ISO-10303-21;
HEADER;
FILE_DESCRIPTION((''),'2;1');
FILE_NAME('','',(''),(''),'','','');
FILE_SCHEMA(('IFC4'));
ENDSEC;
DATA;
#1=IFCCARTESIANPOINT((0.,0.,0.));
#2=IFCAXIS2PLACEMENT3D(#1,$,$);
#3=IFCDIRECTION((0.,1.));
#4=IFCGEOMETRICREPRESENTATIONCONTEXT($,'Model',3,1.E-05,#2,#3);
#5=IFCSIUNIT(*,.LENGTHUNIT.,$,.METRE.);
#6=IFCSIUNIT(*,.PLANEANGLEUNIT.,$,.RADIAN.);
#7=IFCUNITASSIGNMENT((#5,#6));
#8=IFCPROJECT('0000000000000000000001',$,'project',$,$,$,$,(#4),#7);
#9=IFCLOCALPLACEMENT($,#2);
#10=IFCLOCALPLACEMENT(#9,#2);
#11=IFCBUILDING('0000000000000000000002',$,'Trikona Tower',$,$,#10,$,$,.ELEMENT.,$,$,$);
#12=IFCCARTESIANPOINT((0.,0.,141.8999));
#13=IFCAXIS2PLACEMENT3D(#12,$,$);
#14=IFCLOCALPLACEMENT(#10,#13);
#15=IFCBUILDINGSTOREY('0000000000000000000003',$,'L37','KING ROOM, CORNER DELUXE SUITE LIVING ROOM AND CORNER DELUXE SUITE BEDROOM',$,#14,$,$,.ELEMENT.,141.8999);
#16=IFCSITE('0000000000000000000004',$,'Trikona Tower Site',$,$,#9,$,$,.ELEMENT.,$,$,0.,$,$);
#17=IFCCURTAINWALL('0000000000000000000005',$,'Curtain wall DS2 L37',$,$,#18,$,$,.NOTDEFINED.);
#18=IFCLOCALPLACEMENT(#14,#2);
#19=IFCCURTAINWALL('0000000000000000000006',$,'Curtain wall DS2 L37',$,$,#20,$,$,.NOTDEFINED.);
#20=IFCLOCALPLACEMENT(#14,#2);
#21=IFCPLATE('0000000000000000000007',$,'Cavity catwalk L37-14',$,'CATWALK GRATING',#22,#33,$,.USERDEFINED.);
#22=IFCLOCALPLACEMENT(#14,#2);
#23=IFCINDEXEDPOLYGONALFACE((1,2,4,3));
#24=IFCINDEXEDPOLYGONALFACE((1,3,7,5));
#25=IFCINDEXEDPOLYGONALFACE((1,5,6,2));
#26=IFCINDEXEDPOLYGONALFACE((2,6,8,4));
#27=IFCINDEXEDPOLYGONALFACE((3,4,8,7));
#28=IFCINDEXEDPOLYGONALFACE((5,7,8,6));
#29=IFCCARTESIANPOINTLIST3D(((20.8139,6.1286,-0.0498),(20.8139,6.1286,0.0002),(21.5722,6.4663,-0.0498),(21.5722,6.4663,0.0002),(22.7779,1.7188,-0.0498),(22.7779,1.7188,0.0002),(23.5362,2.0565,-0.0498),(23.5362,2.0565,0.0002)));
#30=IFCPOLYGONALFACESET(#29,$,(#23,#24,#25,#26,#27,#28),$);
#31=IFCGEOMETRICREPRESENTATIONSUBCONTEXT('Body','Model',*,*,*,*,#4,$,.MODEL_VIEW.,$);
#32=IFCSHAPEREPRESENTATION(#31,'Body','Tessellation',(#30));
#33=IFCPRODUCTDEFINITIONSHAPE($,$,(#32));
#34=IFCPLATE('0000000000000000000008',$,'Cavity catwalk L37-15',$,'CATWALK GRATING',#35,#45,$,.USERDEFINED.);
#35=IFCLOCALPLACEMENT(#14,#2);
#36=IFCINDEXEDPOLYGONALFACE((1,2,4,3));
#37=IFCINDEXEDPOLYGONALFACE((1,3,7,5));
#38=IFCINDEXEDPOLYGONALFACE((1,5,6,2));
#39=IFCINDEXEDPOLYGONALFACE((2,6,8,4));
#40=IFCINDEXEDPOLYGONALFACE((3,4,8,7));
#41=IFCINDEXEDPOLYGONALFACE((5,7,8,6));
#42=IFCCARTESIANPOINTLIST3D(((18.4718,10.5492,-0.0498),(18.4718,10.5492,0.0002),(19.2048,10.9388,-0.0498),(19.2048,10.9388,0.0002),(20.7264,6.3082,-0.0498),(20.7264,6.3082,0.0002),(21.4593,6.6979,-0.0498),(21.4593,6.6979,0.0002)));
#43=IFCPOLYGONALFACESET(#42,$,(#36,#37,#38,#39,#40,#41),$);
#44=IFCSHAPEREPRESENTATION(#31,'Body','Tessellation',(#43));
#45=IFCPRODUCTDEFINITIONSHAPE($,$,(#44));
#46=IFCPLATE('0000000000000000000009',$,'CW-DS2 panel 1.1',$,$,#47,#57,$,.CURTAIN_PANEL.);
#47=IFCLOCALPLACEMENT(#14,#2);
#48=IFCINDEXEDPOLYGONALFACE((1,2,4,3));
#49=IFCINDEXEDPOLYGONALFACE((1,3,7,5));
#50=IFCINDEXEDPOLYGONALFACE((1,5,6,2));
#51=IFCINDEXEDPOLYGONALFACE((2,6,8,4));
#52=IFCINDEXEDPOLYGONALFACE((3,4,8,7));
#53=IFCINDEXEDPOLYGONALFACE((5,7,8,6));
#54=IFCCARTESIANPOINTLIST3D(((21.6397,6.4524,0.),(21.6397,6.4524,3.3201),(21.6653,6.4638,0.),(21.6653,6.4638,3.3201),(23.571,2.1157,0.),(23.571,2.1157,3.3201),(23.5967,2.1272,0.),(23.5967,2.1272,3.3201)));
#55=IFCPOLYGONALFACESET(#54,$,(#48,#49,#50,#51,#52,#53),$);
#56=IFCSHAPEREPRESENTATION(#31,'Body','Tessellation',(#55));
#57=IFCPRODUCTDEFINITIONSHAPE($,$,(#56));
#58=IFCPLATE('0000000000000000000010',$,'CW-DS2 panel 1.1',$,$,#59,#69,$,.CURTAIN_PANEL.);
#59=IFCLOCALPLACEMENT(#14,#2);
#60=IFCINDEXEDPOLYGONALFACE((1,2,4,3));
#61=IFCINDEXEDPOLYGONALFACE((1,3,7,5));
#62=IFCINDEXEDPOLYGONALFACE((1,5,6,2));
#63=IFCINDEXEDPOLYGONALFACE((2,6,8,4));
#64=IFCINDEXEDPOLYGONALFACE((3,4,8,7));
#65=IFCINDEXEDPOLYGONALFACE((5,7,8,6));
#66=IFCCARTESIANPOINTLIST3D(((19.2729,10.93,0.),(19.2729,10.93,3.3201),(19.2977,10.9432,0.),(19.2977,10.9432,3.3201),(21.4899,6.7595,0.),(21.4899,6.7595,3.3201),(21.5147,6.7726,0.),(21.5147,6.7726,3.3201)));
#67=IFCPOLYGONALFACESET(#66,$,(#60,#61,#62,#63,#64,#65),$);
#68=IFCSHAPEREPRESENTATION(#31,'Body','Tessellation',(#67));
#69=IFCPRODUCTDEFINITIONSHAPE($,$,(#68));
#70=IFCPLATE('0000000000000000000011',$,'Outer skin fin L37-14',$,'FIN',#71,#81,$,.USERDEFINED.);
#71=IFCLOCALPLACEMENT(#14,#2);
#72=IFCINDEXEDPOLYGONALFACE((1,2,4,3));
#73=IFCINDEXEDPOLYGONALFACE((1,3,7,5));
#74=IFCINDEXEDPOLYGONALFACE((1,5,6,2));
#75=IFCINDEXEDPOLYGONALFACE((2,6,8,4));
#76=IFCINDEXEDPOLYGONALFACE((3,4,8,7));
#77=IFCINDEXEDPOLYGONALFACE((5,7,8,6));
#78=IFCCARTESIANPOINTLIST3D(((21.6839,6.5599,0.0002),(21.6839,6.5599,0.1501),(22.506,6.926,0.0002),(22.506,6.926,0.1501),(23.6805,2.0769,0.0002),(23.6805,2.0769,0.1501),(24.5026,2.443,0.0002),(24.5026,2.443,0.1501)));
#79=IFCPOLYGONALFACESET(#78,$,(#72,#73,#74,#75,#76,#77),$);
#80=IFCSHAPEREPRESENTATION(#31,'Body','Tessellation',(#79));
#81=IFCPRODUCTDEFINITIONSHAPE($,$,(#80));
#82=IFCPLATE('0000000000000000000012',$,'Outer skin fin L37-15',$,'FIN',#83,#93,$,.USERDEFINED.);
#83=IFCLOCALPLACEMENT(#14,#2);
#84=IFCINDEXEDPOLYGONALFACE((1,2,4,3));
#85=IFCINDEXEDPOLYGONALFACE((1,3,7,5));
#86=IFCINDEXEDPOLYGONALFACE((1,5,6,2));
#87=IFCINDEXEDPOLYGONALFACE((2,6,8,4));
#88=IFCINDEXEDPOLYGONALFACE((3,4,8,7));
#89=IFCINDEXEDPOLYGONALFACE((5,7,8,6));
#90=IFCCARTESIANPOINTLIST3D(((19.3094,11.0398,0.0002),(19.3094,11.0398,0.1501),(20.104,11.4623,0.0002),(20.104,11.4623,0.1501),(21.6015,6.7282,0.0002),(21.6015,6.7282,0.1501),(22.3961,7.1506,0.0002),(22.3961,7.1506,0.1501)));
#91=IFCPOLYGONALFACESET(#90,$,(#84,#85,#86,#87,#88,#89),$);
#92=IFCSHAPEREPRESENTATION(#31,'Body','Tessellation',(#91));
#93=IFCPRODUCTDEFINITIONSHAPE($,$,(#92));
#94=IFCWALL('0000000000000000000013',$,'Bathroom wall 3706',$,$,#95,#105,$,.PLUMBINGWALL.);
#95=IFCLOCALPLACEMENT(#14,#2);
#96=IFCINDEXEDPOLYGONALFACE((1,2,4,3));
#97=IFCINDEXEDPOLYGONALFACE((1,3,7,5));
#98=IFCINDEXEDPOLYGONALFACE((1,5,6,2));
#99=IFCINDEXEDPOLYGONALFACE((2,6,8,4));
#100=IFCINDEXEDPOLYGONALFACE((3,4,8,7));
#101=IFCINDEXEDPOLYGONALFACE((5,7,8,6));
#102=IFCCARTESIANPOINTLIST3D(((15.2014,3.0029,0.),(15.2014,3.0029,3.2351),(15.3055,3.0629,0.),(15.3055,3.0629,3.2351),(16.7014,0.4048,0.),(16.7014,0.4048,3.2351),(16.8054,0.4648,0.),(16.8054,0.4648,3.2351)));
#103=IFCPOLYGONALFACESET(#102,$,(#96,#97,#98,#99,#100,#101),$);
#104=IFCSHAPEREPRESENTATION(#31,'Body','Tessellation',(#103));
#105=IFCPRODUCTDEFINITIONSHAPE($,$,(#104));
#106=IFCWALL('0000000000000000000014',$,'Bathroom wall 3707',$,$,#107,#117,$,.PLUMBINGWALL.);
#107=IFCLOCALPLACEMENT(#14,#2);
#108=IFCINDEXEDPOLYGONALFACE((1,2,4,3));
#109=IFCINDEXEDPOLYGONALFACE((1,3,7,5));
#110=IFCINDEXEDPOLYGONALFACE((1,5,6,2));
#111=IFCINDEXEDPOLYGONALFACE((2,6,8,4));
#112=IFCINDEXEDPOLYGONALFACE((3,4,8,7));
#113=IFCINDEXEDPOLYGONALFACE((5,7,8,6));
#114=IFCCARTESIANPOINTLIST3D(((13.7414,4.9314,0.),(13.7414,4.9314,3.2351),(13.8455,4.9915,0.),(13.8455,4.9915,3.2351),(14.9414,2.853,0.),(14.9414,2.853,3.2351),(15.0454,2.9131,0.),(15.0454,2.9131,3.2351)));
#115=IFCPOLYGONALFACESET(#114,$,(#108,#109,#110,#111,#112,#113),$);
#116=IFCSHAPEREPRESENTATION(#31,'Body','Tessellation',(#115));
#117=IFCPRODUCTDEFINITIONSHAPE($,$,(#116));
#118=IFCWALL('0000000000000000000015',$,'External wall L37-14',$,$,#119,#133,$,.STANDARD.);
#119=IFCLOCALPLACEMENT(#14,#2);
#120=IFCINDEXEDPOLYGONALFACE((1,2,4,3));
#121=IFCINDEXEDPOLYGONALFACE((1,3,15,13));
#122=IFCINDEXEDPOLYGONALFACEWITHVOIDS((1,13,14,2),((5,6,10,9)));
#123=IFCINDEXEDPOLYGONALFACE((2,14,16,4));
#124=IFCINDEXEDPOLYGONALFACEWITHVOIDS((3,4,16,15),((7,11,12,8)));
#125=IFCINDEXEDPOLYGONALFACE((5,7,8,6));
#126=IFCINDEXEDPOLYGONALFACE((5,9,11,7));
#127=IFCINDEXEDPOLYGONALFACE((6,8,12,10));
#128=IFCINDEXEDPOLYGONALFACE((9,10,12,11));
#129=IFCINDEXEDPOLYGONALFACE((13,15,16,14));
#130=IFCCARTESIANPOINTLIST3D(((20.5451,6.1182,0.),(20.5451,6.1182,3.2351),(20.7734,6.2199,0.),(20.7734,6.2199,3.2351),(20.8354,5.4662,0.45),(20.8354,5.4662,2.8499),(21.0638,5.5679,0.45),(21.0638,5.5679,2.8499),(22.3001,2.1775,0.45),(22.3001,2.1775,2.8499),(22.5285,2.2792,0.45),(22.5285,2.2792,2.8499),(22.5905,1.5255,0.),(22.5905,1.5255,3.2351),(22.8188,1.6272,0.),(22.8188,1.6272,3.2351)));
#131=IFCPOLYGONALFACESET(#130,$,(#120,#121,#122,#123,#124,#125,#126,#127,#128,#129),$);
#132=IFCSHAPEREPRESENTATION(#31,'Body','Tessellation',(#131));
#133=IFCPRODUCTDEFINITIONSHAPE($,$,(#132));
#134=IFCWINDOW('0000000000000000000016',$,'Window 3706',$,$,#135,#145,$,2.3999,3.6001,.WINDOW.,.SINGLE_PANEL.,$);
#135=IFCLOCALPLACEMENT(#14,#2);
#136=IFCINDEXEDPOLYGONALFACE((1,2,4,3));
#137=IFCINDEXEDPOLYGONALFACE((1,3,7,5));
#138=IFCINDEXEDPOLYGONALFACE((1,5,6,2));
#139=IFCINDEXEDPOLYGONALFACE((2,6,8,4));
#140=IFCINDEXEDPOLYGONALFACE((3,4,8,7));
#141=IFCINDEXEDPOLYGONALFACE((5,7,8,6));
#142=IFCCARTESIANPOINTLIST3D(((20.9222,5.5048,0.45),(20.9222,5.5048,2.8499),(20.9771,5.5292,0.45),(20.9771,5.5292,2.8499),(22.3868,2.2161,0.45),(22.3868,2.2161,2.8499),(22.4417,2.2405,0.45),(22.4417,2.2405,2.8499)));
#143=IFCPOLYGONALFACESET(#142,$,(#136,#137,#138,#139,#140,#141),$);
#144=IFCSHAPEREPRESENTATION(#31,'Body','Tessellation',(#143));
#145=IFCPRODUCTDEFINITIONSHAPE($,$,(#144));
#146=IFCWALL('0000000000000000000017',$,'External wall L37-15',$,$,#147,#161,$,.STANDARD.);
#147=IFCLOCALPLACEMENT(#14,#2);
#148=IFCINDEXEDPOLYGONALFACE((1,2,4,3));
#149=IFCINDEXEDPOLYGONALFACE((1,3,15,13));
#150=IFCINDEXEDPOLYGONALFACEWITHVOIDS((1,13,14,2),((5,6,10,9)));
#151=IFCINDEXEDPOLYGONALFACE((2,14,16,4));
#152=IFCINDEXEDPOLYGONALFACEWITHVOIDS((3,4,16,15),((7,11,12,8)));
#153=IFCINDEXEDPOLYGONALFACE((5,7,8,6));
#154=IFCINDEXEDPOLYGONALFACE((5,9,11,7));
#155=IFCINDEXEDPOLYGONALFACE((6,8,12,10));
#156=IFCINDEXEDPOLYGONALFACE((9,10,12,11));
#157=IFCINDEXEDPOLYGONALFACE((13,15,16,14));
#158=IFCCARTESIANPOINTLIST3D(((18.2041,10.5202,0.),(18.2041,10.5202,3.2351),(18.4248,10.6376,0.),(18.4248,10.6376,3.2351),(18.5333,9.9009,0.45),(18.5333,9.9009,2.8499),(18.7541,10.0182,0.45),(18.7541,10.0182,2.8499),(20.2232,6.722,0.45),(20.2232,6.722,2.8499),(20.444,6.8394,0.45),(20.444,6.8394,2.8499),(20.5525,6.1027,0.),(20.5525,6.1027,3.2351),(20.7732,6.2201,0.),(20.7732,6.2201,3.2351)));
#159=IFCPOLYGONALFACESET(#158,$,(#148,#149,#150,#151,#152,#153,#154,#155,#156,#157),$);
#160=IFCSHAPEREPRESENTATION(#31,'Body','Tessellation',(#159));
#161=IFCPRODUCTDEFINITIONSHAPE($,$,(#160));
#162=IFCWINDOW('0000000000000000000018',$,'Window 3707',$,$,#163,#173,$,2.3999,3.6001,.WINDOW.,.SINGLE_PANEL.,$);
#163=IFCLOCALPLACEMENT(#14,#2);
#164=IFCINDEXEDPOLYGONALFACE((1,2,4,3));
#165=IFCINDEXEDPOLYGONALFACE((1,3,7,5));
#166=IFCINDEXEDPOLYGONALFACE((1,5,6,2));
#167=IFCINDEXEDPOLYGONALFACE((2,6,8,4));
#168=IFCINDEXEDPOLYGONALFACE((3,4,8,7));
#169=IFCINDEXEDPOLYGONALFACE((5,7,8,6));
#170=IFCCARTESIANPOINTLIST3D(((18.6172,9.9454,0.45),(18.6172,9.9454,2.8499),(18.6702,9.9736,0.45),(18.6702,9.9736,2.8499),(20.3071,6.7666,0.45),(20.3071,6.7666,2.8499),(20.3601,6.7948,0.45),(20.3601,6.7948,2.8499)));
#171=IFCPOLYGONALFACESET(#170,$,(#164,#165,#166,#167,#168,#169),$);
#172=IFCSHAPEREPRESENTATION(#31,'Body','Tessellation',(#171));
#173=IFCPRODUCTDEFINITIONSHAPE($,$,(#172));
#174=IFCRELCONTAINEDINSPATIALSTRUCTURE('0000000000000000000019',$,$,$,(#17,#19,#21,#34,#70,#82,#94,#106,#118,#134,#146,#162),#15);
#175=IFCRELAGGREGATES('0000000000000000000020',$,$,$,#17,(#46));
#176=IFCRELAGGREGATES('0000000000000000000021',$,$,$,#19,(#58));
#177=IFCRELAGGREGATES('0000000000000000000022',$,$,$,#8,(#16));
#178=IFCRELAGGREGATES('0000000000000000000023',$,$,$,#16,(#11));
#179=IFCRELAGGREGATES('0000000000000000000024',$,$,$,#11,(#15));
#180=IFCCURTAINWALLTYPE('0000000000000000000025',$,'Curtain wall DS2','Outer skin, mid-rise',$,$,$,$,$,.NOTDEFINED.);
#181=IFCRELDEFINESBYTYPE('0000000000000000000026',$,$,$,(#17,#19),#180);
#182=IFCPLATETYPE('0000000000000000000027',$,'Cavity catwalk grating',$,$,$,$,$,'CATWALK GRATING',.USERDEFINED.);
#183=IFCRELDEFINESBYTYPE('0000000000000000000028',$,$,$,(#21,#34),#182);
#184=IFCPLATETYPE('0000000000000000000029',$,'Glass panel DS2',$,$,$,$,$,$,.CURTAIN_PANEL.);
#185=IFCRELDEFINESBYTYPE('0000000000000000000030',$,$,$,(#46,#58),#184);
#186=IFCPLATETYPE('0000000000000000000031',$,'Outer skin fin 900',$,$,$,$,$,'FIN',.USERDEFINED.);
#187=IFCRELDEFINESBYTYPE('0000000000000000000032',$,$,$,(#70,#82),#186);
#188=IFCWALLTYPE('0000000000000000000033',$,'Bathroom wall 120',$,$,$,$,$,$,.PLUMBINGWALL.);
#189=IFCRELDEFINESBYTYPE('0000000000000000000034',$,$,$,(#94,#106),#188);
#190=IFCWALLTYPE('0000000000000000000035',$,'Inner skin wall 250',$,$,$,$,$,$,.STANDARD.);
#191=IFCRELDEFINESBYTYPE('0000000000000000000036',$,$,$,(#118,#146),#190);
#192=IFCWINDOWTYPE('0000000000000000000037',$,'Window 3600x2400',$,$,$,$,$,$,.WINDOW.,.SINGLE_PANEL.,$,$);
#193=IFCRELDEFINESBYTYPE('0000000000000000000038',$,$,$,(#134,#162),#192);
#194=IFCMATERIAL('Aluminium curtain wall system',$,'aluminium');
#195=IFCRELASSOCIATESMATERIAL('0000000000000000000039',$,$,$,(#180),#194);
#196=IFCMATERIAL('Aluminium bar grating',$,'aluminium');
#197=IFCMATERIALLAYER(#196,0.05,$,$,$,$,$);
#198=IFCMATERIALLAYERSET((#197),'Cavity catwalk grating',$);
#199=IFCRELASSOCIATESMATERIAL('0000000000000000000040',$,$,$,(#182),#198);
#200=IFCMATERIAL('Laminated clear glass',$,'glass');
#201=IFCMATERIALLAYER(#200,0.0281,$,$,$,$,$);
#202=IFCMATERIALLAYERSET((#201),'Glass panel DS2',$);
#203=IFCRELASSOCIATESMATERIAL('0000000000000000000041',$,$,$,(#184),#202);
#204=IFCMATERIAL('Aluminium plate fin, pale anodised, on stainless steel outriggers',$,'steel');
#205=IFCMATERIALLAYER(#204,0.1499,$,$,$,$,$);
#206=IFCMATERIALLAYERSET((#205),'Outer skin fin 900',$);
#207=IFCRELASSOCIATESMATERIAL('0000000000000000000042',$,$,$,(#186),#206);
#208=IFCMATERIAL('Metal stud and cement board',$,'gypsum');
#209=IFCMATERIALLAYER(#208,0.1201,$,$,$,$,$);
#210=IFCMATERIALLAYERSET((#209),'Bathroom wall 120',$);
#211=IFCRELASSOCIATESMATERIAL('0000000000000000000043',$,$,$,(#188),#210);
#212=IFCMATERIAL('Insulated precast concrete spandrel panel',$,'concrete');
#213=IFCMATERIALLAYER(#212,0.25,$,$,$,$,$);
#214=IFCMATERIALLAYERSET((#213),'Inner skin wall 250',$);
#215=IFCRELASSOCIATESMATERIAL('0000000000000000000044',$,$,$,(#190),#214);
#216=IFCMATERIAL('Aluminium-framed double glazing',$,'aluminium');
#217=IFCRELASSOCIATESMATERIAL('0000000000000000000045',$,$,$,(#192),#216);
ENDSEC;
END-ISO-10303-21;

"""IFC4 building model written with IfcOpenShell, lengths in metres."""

from ifc_helpers import new_model, si_unit, direction, frame, frame_2d, origin, origin_2d, place, context, subcontext, project, spatial, rectangle, extrude, material, layer, layer_set, type_object, element, fill, aggregate, save


model = new_model("IFC4")

# Units and contexts
model_context = context("Model", 3, precision=1e-05, world=origin(), true_north=direction((0.0, 1.0)))
body_context = subcontext(model_context, "Body", "Model", "MODEL_VIEW")
ifc_project = project(units=[si_unit("LENGTHUNIT", "METRE"), si_unit("PLANEANGLEUNIT", "RADIAN")], contexts=[model_context])

# Site, building, storey
site_placement = place(None, origin())
site = spatial("IfcSite", under=ifc_project, at=site_placement, Name="Trikona Tower Site", CompositionType="ELEMENT", RefElevation=0.0)
building_placement = place(site_placement, origin())
building = spatial("IfcBuilding", under=site, at=building_placement, Name="Trikona Tower", CompositionType="ELEMENT")
storey_placement = place(building_placement, frame((0.0, 0.0, 141.8999)))
storey = spatial("IfcBuildingStorey", under=building, at=storey_placement, Name="L37", Description="KING ROOM, CORNER DELUXE SUITE LIVING ROOM AND CORNER DELUXE SUITE BEDROOM", CompositionType="ELEMENT", Elevation=141.8999)

# Shared definitions
ifc_material_1 = material(Name="Aluminium curtain wall system", Category="aluminium")
curtain_wall_type = type_object("IfcCurtainWallType", Name="Curtain wall DS2", Description="Outer skin, mid-rise", PredefinedType="NOTDEFINED", material=ifc_material_1)

# Curtain walls
curtain_wall_1_placement = place(storey_placement, origin())
curtain_wall_1 = element("IfcCurtainWall", 1, at=curtain_wall_1_placement, inside=storey, type_object=curtain_wall_type, Name="Curtain wall DS2 L37", PredefinedType="NOTDEFINED")
curtain_wall_2_placement = place(storey_placement, origin())
curtain_wall_2 = element("IfcCurtainWall", 2, at=curtain_wall_2_placement, inside=storey, type_object=curtain_wall_type, Name="Curtain wall DS2 L37", PredefinedType="NOTDEFINED")

# Plates
ifc_material_2 = material(Name="Aluminium bar grating", Category="aluminium")
ifc_layer_1 = layer(ifc_material_2, 0.05)
ifc_layer_set_1 = layer_set([ifc_layer_1], Name="Cavity catwalk grating")
plate_type_1 = type_object("IfcPlateType", Name="Cavity catwalk grating", ElementType="CATWALK GRATING", PredefinedType="USERDEFINED", material=ifc_layer_set_1)
plate_1_placement = place(storey_placement, frame((22.175, 4.0925, -0.0498), z_axis=(0.0, 0.0, 1.0), x_axis=(-0.406843, 0.913498, 0.0)))
element("IfcPlate", 3, at=plate_1_placement, inside=storey, type_object=plate_type_1, Name="Cavity catwalk L37-14", ObjectType="CATWALK GRATING", PredefinedType="USERDEFINED", context=body_context, shape_type="SweptSolid", body=[
    extrude(rectangle(XDim=4.8274, YDim=0.8301, at=origin_2d()), origin(), (0.0, 0.0, 1.0), 0.05),
])
plate_2_placement = place(storey_placement, frame((19.9656, 8.6235, -0.0498), z_axis=(0.0, 0.0, 1.0), x_axis=(-0.469398, 0.882987, 0.0)))
element("IfcPlate", 4, at=plate_2_placement, inside=storey, type_object=plate_type_1, Name="Cavity catwalk L37-15", ObjectType="CATWALK GRATING", PredefinedType="USERDEFINED", context=body_context, shape_type="SweptSolid", body=[
    extrude(rectangle(XDim=4.803, YDim=0.8301, at=origin_2d()), origin(), (0.0, 0.0, 1.0), 0.05),
])

# Plates
ifc_material_3 = material(Name="Laminated clear glass", Category="glass")
ifc_layer_2 = layer(ifc_material_3, 0.0281)
ifc_layer_set_2 = layer_set([ifc_layer_2], Name="Glass panel DS2")
plate_type_2 = type_object("IfcPlateType", Name="Glass panel DS2", PredefinedType="CURTAIN_PANEL", material=ifc_layer_set_2)
plate_3_placement = place(storey_placement, frame((22.6182, 4.2898, 0.0), z_axis=(0.0, 0.0, 1.0), x_axis=(-0.406836, 0.913501, 0.0)))
plate_3 = element("IfcPlate", 5, at=plate_3_placement, type_object=plate_type_2, Name="CW-DS2 panel 1.1", PredefinedType="CURTAIN_PANEL", context=body_context, shape_type="SweptSolid", body=[
    extrude(rectangle(XDim=4.7473, YDim=0.0281, at=origin_2d()), origin(), (0.0, 0.0, 1.0), 3.3201),
])
aggregate(curtain_wall_1, [plate_3])
plate_4_placement = place(storey_placement, frame((20.3938, 8.8513, 0.0), z_axis=(0.0, 0.0, 1.0), x_axis=(-0.46938, 0.882996, 0.0)))
plate_4 = element("IfcPlate", 6, at=plate_4_placement, type_object=plate_type_2, Name="CW-DS2 panel 1.1", PredefinedType="CURTAIN_PANEL", context=body_context, shape_type="SweptSolid", body=[
    extrude(rectangle(XDim=4.7231, YDim=0.0281, at=origin_2d()), origin(), (0.0, 0.0, 1.0), 3.3201),
])
aggregate(curtain_wall_2, [plate_4])

# Plates
ifc_material_4 = material(Name="Aluminium plate fin, pale anodised, on stainless steel outriggers", Category="steel")
ifc_layer_3 = layer(ifc_material_4, 0.1499)
ifc_layer_set_3 = layer_set([ifc_layer_3], Name="Outer skin fin 900")
plate_type_3 = type_object("IfcPlateType", Name="Outer skin fin 900", ElementType="FIN", PredefinedType="USERDEFINED", material=ifc_layer_set_3)
plate_5_placement = place(storey_placement, frame((23.0933, 4.5015, 0.0002), z_axis=(0.0, 0.0, 1.0), x_axis=(-0.406843, 0.913498, 0.0)))
element("IfcPlate", 7, at=plate_5_placement, inside=storey, type_object=plate_type_3, Name="Outer skin fin L37-14", ObjectType="FIN", PredefinedType="USERDEFINED", context=body_context, shape_type="SweptSolid", body=[
    extrude(rectangle(XDim=4.9075, YDim=0.8999, at=origin_2d()), origin(), (0.0, 0.0, 1.0), 0.1499),
])
plate_6_placement = place(storey_placement, frame((20.8528, 9.0952, 0.0002), z_axis=(0.0, 0.0, 1.0), x_axis=(-0.469398, 0.882987, 0.0)))
element("IfcPlate", 8, at=plate_6_placement, inside=storey, type_object=plate_type_3, Name="Outer skin fin L37-15", ObjectType="FIN", PredefinedType="USERDEFINED", context=body_context, shape_type="SweptSolid", body=[
    extrude(rectangle(XDim=4.8831, YDim=0.8999, at=origin_2d()), origin(), (0.0, 0.0, 1.0), 0.1499),
])

# Walls
ifc_material_5 = material(Name="Metal stud and cement board", Category="gypsum")
ifc_layer_4 = layer(ifc_material_5, 0.1201)
ifc_layer_set_4 = layer_set([ifc_layer_4], Name="Bathroom wall 120")
wall_type_1 = type_object("IfcWallType", Name="Bathroom wall 120", PredefinedType="PLUMBINGWALL", material=ifc_layer_set_4)
wall_1_placement = place(storey_placement, frame((16.7534, 0.4348, 0.0), z_axis=(0.0, 0.0, 1.0), x_axis=(-0.49999, 0.866031, 0.0)))
element("IfcWall", 9, at=wall_1_placement, inside=storey, type_object=wall_type_1, Name="Bathroom wall 3706", PredefinedType="PLUMBINGWALL", context=body_context, shape_type="SweptSolid", body=[
    extrude(rectangle(XDim=3.0, YDim=0.1201, at=frame_2d((1.5, 0.0))), origin(), (0.0, 0.0, 1.0), 3.2351),
])
wall_2_placement = place(storey_placement, frame((14.9934, 2.8831, 0.0), z_axis=(0.0, 0.0, 1.0), x_axis=(-0.500001, 0.866025, 0.0)))
element("IfcWall", 10, at=wall_2_placement, inside=storey, type_object=wall_type_1, Name="Bathroom wall 3707", PredefinedType="PLUMBINGWALL", context=body_context, shape_type="SweptSolid", body=[
    extrude(rectangle(XDim=2.3999, YDim=0.1201, at=frame_2d((1.2, 0.0))), origin(), (0.0, 0.0, 1.0), 3.2351),
])

# Walls, openings, windows
ifc_material_6 = material(Name="Insulated precast concrete spandrel panel", Category="concrete")
ifc_layer_5 = layer(ifc_material_6, 0.25)
ifc_layer_set_5 = layer_set([ifc_layer_5], Name="Inner skin wall 250")
wall_type_2 = type_object("IfcWallType", Name="Inner skin wall 250", PredefinedType="STANDARD", material=ifc_layer_set_5)
wall_3_placement = place(storey_placement, frame((22.7046, 1.5764, 0.0), z_axis=(0.0, 0.0, 1.0), x_axis=(-0.406832, 0.913503, 0.0)))
wall_3 = element("IfcWall", 11, at=wall_3_placement, inside=storey, type_object=wall_type_2, Name="External wall L37-14", PredefinedType="STANDARD", context=body_context, shape_type="SweptSolid", body=[
    extrude(rectangle(XDim=5.0276, YDim=0.25, at=frame_2d((2.5137, 0.0))), origin(), (0.0, 0.0, 1.0), 3.2351),
])
opening_1_placement = place(wall_3_placement, frame((0.7136, 0.0, 0.45)))
opening_1 = element("IfcOpeningElement", 12, at=opening_1_placement, cuts=wall_3, PredefinedType="OPENING", context=body_context, shape_type="SweptSolid", body=[
    extrude(rectangle(XDim=3.6001, YDim=2.3999, at=frame_2d((1.8, 1.2))), frame((0.0, 0.135, 0.0), z_axis=(0.0, -1.0, 0.0), x_axis=(1.0, 0.0, 0.0)), (0.0, 0.0, 1.0), 0.27),
])
ifc_material_7 = material(Name="Aluminium-framed double glazing", Category="aluminium")
window_type = type_object("IfcWindowType", Name="Window 3600x2400", PartitioningType="SINGLE_PANEL", PredefinedType="WINDOW", material=ifc_material_7)
window_1_placement = place(opening_1_placement, origin())
window_1 = element("IfcWindow", 13, at=window_1_placement, inside=storey, type_object=window_type, Name="Window 3706", OverallHeight=2.3999, OverallWidth=3.6001, PartitioningType="SINGLE_PANEL", PredefinedType="WINDOW", context=body_context, shape_type="SweptSolid", body=[
    extrude(rectangle(XDim=3.6001, YDim=2.3999, at=frame_2d((1.8, 1.2))), frame((0.0, 0.03, 0.0), z_axis=(0.0, -1.0, 0.0), x_axis=(1.0, 0.0, 0.0)), (0.0, 0.0, 1.0), 0.0601),
])
fill(opening_1, window_1)
wall_4_placement = place(storey_placement, frame((20.6628, 6.1614, 0.0), z_axis=(0.0, 0.0, 1.0), x_axis=(-0.469405, 0.882983, 0.0)))
wall_4 = element("IfcWall", 14, at=wall_4_placement, inside=storey, type_object=wall_type_2, Name="External wall L37-15", PredefinedType="STANDARD", context=body_context, shape_type="SweptSolid", body=[
    extrude(rectangle(XDim=5.0029, YDim=0.25, at=frame_2d((2.5015, 0.0))), origin(), (0.0, 0.0, 1.0), 3.2351),
])
opening_2_placement = place(wall_4_placement, frame((0.7014, 0.0, 0.45)))
opening_2 = element("IfcOpeningElement", 15, at=opening_2_placement, cuts=wall_4, PredefinedType="OPENING", context=body_context, shape_type="SweptSolid", body=[
    extrude(rectangle(XDim=3.6001, YDim=2.3999, at=frame_2d((1.8, 1.2))), frame((0.0, 0.135, 0.0), z_axis=(0.0, -1.0, 0.0), x_axis=(1.0, 0.0, 0.0)), (0.0, 0.0, 1.0), 0.27),
])
window_2_placement = place(opening_2_placement, origin())
window_2 = element("IfcWindow", 16, at=window_2_placement, inside=storey, type_object=window_type, Name="Window 3707", OverallHeight=2.3999, OverallWidth=3.6001, PartitioningType="SINGLE_PANEL", PredefinedType="WINDOW", context=body_context, shape_type="SweptSolid", body=[
    extrude(rectangle(XDim=3.6001, YDim=2.3999, at=frame_2d((1.8, 1.2))), frame((0.0, 0.03, 0.0), z_axis=(0.0, -1.0, 0.0), x_axis=(1.0, 0.0, 0.0)), (0.0, 0.0, 1.0), 0.0601),
])
fill(opening_2, window_2)

save(model, "model.ifc")
